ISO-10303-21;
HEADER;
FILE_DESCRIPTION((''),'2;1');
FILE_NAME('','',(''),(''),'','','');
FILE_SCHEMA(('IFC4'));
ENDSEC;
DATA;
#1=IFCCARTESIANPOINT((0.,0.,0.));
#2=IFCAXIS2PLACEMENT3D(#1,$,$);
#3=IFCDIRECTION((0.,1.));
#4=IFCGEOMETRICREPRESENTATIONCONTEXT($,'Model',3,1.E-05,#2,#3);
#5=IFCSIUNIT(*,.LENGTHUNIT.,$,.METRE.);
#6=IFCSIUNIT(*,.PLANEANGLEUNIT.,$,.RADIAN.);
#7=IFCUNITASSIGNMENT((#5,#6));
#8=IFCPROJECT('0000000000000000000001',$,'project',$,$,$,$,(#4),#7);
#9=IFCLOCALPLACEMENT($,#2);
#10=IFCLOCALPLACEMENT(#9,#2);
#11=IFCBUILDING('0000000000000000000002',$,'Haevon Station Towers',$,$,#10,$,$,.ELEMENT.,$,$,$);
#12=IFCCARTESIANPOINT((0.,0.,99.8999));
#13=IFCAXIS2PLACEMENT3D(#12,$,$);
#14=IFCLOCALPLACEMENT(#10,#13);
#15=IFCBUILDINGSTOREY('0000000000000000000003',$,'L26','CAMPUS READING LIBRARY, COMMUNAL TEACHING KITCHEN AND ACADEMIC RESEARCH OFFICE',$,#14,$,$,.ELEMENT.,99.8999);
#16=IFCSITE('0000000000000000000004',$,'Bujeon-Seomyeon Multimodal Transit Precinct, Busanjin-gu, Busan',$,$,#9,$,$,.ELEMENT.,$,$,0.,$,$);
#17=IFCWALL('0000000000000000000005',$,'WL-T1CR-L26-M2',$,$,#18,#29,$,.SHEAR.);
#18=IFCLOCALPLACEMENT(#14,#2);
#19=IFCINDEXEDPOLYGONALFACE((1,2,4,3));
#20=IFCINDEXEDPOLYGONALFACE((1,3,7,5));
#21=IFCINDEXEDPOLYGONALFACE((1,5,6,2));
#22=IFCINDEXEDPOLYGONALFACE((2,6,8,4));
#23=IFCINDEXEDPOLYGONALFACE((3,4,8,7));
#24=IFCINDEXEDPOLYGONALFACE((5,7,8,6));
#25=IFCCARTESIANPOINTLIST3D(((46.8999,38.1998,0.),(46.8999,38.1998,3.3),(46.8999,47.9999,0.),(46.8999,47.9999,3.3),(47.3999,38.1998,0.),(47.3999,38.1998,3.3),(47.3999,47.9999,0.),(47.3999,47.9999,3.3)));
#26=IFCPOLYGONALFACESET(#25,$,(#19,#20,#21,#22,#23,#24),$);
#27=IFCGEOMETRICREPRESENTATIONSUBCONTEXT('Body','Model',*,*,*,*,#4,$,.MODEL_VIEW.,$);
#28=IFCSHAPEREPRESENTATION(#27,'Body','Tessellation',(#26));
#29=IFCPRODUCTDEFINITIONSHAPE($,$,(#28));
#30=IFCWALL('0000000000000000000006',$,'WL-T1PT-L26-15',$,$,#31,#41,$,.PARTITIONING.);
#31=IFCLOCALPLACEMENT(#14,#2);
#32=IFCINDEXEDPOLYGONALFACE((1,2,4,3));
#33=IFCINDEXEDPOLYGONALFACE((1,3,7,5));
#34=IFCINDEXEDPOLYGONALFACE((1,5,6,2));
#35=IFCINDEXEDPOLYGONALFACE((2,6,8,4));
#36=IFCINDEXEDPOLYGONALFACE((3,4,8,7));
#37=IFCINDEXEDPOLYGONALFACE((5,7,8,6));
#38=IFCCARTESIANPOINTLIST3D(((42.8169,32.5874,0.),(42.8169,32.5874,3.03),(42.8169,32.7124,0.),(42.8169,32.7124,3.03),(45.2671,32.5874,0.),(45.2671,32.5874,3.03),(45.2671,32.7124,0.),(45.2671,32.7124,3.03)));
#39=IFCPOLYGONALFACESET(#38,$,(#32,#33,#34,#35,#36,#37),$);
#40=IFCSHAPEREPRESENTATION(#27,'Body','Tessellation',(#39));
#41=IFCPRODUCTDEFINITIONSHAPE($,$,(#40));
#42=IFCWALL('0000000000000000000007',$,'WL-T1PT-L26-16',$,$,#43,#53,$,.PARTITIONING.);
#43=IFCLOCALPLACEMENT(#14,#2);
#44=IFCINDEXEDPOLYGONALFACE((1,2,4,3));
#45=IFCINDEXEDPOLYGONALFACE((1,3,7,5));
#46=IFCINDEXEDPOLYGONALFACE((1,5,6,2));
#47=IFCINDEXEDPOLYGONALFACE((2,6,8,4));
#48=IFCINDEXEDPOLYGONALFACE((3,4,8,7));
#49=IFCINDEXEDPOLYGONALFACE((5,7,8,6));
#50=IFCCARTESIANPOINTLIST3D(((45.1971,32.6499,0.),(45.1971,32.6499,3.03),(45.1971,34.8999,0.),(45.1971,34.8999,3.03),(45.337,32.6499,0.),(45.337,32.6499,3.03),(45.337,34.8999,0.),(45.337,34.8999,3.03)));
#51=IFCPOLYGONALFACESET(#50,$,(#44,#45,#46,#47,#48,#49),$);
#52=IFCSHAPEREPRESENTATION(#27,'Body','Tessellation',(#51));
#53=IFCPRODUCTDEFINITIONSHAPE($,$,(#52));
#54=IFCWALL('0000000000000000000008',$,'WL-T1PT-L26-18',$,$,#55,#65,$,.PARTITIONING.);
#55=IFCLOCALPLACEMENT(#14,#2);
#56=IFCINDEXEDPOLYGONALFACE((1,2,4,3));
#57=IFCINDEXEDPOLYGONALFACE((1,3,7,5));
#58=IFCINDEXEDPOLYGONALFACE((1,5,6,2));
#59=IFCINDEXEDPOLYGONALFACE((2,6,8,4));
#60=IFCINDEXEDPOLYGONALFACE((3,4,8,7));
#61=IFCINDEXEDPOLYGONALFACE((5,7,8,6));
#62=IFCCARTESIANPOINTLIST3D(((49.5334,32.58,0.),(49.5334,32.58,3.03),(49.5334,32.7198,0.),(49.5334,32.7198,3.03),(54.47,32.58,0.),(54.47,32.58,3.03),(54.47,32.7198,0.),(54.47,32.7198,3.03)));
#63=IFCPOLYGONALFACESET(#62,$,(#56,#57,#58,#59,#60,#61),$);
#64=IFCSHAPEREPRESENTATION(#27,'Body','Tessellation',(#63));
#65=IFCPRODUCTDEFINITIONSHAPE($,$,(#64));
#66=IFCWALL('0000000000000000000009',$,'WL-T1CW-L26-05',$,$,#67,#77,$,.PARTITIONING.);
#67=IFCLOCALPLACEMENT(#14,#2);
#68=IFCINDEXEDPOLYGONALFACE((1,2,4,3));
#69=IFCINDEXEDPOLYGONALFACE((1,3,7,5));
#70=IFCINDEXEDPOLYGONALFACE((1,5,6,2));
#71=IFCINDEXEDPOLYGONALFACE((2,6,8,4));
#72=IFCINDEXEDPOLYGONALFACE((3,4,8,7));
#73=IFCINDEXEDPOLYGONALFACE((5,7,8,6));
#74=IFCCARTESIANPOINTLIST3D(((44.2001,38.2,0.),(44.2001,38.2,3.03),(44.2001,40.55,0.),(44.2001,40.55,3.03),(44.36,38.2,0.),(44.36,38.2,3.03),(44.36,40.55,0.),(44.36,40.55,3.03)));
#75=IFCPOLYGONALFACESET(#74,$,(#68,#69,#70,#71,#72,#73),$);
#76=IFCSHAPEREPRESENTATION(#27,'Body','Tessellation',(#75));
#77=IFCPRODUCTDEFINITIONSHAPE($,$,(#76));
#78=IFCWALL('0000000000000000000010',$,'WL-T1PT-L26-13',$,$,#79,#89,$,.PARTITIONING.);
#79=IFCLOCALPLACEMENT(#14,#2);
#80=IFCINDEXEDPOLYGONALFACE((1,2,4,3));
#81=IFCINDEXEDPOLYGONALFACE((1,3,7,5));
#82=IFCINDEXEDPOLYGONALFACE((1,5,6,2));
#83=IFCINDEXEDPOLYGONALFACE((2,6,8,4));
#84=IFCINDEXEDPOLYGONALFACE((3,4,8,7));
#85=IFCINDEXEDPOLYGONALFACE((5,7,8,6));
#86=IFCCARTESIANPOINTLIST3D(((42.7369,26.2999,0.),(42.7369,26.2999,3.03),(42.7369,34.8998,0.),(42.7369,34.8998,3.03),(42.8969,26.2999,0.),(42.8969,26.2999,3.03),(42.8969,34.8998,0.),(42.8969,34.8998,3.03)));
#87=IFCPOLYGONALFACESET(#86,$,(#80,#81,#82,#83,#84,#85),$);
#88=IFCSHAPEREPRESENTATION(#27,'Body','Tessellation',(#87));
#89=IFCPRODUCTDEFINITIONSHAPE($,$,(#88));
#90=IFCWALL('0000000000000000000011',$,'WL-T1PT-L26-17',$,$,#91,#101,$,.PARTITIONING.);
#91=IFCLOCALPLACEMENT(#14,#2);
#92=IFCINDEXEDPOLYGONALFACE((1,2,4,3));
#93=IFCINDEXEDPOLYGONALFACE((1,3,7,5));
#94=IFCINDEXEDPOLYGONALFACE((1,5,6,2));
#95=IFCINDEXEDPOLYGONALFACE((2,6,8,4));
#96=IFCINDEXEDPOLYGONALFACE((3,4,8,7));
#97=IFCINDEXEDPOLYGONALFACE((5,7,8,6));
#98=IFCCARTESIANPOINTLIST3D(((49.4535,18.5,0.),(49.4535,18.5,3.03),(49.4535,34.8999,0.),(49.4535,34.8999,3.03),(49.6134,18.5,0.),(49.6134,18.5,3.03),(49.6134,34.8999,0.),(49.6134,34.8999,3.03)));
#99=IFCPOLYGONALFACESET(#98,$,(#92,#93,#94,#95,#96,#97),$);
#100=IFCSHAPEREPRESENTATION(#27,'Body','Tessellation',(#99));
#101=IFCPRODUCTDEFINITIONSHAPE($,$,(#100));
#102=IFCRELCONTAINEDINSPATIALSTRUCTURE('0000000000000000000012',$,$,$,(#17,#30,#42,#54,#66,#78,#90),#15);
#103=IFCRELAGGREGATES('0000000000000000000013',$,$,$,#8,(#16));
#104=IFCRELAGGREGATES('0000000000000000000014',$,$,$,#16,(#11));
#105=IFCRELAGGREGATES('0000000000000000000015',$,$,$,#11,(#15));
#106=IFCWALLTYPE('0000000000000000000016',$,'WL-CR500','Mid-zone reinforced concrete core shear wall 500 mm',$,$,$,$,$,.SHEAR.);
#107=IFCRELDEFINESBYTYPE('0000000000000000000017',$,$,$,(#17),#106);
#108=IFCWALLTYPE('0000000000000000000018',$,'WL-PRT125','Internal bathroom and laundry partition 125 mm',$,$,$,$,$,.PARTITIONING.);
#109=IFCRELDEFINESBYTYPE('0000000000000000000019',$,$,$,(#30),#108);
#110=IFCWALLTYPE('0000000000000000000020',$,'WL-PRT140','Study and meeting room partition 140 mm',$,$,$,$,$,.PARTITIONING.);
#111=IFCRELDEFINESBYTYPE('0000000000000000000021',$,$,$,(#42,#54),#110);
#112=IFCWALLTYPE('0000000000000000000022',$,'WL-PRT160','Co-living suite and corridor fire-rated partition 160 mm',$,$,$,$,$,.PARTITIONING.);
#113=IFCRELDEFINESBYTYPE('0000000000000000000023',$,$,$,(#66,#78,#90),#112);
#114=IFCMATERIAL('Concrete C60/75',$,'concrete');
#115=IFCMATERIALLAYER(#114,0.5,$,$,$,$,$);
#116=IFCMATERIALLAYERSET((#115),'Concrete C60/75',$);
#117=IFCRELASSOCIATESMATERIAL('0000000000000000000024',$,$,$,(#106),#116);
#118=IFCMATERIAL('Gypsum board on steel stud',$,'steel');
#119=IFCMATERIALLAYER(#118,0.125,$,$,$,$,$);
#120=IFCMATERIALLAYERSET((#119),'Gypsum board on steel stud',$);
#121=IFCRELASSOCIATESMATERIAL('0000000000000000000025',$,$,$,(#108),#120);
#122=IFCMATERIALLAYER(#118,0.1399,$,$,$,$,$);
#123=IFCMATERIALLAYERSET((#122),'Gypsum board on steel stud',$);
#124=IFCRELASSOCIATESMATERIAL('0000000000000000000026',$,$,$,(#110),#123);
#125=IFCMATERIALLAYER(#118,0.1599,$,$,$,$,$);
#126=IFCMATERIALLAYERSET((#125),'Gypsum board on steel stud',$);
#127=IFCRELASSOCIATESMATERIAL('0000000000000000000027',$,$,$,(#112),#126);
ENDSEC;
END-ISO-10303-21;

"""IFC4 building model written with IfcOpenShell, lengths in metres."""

from ifc_helpers import new_model, si_unit, direction, frame, frame_2d, origin, place, context, subcontext, project, spatial, rectangle, extrude, material, layer, layer_set, type_object, element, save


model = new_model("IFC4")

# Units and contexts
model_context = context("Model", 3, precision=1e-05, world=origin(), true_north=direction((0.0, 1.0)))
body_context = subcontext(model_context, "Body", "Model", "MODEL_VIEW")
ifc_project = project(units=[si_unit("LENGTHUNIT", "METRE"), si_unit("PLANEANGLEUNIT", "RADIAN")], contexts=[model_context])

# Site, building, storey
site_placement = place(None, origin())
site = spatial("IfcSite", under=ifc_project, at=site_placement, Name="Bujeon-Seomyeon Multimodal Transit Precinct, Busanjin-gu, Busan", CompositionType="ELEMENT", RefElevation=0.0)
building_placement = place(site_placement, origin())
building = spatial("IfcBuilding", under=site, at=building_placement, Name="Haevon Station Towers", CompositionType="ELEMENT")
storey_placement = place(building_placement, frame((0.0, 0.0, 99.8999)))
storey = spatial("IfcBuildingStorey", under=building, at=storey_placement, Name="L26", Description="CAMPUS READING LIBRARY, COMMUNAL TEACHING KITCHEN AND ACADEMIC RESEARCH OFFICE", CompositionType="ELEMENT", Elevation=99.8999)

# Shared definitions
ifc_material_1 = material(Name="Gypsum board on steel stud", Category="steel")

# Walls
ifc_material_2 = material(Name="Concrete C60/75", Category="concrete")
ifc_layer_1 = layer(ifc_material_2, 0.5)
ifc_layer_set_1 = layer_set([ifc_layer_1], Name="Concrete C60/75")
wall_type_1 = type_object("IfcWallType", Name="WL-CR500", Description="Mid-zone reinforced concrete core shear wall 500 mm", PredefinedType="SHEAR", material=ifc_layer_set_1)
wall_1_placement = place(storey_placement, frame((47.1499, 38.2, 0.0), z_axis=(0.0, 0.0, 1.0), x_axis=(0.0, 1.0, 0.0)))
element("IfcWall", 1, at=wall_1_placement, inside=storey, type_object=wall_type_1, Name="WL-T1CR-L26-M2", PredefinedType="SHEAR", context=body_context, shape_type="SweptSolid", body=[
    extrude(rectangle(XDim=9.8, YDim=0.5, at=frame_2d((4.8999, 0.0))), origin(), (0.0, 0.0, 1.0), 3.3),
])
ifc_layer_2 = layer(ifc_material_1, 0.125)
ifc_layer_set_2 = layer_set([ifc_layer_2], Name="Gypsum board on steel stud")
wall_type_2 = type_object("IfcWallType", Name="WL-PRT125", Description="Internal bathroom and laundry partition 125 mm", PredefinedType="PARTITIONING", material=ifc_layer_set_2)
wall_2_placement = place(storey_placement, frame((42.8169, 32.6499, 0.0), z_axis=(0.0, 0.0, 1.0), x_axis=(1.0, 0.0, 0.0)))
element("IfcWall", 2, at=wall_2_placement, inside=storey, type_object=wall_type_2, Name="WL-T1PT-L26-15", PredefinedType="PARTITIONING", context=body_context, shape_type="SweptSolid", body=[
    extrude(rectangle(XDim=2.4502, YDim=0.125, at=frame_2d((1.2251, 0.0))), origin(), (0.0, 0.0, 1.0), 3.03),
])
ifc_layer_3 = layer(ifc_material_1, 0.1399)
ifc_layer_set_3 = layer_set([ifc_layer_3], Name="Gypsum board on steel stud")
wall_type_3 = type_object("IfcWallType", Name="WL-PRT140", Description="Study and meeting room partition 140 mm", PredefinedType="PARTITIONING", material=ifc_layer_set_3)
wall_3_placement = place(storey_placement, frame((45.2671, 32.6499, 0.0), z_axis=(0.0, 0.0, 1.0), x_axis=(0.0, 1.0, 0.0)))
element("IfcWall", 3, at=wall_3_placement, inside=storey, type_object=wall_type_3, Name="WL-T1PT-L26-16", PredefinedType="PARTITIONING", context=body_context, shape_type="SweptSolid", body=[
    extrude(rectangle(XDim=2.25, YDim=0.1399, at=frame_2d((1.125, 0.0))), origin(), (0.0, 0.0, 1.0), 3.03),
])
wall_4_placement = place(storey_placement, frame((49.5334, 32.6499, 0.0), z_axis=(0.0, 0.0, 1.0), x_axis=(1.0, 0.0, 0.0)))
element("IfcWall", 4, at=wall_4_placement, inside=storey, type_object=wall_type_3, Name="WL-T1PT-L26-18", PredefinedType="PARTITIONING", context=body_context, shape_type="SweptSolid", body=[
    extrude(rectangle(XDim=4.9365, YDim=0.1399, at=frame_2d((2.4683, 0.0))), origin(), (0.0, 0.0, 1.0), 3.03),
])
ifc_layer_4 = layer(ifc_material_1, 0.1599)
ifc_layer_set_4 = layer_set([ifc_layer_4], Name="Gypsum board on steel stud")
wall_type_4 = type_object("IfcWallType", Name="WL-PRT160", Description="Co-living suite and corridor fire-rated partition 160 mm", PredefinedType="PARTITIONING", material=ifc_layer_set_4)
wall_5_placement = place(storey_placement, frame((44.28, 38.2, 0.0), z_axis=(0.0, 0.0, 1.0), x_axis=(0.0, 1.0, 0.0)))
element("IfcWall", 5, at=wall_5_placement, inside=storey, type_object=wall_type_4, Name="WL-T1CW-L26-05", PredefinedType="PARTITIONING", context=body_context, shape_type="SweptSolid", body=[
    extrude(rectangle(XDim=2.3501, YDim=0.1599, at=frame_2d((1.175, 0.0))), origin(), (0.0, 0.0, 1.0), 3.03),
])
wall_6_placement = place(storey_placement, frame((42.8169, 26.3, 0.0), z_axis=(0.0, 0.0, 1.0), x_axis=(0.0, 1.0, 0.0)))
element("IfcWall", 6, at=wall_6_placement, inside=storey, type_object=wall_type_4, Name="WL-T1PT-L26-13", PredefinedType="PARTITIONING", context=body_context, shape_type="SweptSolid", body=[
    extrude(rectangle(XDim=8.5999, YDim=0.1599, at=frame_2d((4.2998, 0.0))), origin(), (0.0, 0.0, 1.0), 3.03),
])
wall_7_placement = place(storey_placement, frame((49.5334, 18.5, 0.0), z_axis=(0.0, 0.0, 1.0), x_axis=(0.0, 1.0, 0.0)))
element("IfcWall", 7, at=wall_7_placement, inside=storey, type_object=wall_type_4, Name="WL-T1PT-L26-17", PredefinedType="PARTITIONING", context=body_context, shape_type="SweptSolid", body=[
    extrude(rectangle(XDim=16.3999, YDim=0.1599, at=frame_2d((8.2, 0.0))), origin(), (0.0, 0.0, 1.0), 3.03),
])

save(model, "model.ifc")
